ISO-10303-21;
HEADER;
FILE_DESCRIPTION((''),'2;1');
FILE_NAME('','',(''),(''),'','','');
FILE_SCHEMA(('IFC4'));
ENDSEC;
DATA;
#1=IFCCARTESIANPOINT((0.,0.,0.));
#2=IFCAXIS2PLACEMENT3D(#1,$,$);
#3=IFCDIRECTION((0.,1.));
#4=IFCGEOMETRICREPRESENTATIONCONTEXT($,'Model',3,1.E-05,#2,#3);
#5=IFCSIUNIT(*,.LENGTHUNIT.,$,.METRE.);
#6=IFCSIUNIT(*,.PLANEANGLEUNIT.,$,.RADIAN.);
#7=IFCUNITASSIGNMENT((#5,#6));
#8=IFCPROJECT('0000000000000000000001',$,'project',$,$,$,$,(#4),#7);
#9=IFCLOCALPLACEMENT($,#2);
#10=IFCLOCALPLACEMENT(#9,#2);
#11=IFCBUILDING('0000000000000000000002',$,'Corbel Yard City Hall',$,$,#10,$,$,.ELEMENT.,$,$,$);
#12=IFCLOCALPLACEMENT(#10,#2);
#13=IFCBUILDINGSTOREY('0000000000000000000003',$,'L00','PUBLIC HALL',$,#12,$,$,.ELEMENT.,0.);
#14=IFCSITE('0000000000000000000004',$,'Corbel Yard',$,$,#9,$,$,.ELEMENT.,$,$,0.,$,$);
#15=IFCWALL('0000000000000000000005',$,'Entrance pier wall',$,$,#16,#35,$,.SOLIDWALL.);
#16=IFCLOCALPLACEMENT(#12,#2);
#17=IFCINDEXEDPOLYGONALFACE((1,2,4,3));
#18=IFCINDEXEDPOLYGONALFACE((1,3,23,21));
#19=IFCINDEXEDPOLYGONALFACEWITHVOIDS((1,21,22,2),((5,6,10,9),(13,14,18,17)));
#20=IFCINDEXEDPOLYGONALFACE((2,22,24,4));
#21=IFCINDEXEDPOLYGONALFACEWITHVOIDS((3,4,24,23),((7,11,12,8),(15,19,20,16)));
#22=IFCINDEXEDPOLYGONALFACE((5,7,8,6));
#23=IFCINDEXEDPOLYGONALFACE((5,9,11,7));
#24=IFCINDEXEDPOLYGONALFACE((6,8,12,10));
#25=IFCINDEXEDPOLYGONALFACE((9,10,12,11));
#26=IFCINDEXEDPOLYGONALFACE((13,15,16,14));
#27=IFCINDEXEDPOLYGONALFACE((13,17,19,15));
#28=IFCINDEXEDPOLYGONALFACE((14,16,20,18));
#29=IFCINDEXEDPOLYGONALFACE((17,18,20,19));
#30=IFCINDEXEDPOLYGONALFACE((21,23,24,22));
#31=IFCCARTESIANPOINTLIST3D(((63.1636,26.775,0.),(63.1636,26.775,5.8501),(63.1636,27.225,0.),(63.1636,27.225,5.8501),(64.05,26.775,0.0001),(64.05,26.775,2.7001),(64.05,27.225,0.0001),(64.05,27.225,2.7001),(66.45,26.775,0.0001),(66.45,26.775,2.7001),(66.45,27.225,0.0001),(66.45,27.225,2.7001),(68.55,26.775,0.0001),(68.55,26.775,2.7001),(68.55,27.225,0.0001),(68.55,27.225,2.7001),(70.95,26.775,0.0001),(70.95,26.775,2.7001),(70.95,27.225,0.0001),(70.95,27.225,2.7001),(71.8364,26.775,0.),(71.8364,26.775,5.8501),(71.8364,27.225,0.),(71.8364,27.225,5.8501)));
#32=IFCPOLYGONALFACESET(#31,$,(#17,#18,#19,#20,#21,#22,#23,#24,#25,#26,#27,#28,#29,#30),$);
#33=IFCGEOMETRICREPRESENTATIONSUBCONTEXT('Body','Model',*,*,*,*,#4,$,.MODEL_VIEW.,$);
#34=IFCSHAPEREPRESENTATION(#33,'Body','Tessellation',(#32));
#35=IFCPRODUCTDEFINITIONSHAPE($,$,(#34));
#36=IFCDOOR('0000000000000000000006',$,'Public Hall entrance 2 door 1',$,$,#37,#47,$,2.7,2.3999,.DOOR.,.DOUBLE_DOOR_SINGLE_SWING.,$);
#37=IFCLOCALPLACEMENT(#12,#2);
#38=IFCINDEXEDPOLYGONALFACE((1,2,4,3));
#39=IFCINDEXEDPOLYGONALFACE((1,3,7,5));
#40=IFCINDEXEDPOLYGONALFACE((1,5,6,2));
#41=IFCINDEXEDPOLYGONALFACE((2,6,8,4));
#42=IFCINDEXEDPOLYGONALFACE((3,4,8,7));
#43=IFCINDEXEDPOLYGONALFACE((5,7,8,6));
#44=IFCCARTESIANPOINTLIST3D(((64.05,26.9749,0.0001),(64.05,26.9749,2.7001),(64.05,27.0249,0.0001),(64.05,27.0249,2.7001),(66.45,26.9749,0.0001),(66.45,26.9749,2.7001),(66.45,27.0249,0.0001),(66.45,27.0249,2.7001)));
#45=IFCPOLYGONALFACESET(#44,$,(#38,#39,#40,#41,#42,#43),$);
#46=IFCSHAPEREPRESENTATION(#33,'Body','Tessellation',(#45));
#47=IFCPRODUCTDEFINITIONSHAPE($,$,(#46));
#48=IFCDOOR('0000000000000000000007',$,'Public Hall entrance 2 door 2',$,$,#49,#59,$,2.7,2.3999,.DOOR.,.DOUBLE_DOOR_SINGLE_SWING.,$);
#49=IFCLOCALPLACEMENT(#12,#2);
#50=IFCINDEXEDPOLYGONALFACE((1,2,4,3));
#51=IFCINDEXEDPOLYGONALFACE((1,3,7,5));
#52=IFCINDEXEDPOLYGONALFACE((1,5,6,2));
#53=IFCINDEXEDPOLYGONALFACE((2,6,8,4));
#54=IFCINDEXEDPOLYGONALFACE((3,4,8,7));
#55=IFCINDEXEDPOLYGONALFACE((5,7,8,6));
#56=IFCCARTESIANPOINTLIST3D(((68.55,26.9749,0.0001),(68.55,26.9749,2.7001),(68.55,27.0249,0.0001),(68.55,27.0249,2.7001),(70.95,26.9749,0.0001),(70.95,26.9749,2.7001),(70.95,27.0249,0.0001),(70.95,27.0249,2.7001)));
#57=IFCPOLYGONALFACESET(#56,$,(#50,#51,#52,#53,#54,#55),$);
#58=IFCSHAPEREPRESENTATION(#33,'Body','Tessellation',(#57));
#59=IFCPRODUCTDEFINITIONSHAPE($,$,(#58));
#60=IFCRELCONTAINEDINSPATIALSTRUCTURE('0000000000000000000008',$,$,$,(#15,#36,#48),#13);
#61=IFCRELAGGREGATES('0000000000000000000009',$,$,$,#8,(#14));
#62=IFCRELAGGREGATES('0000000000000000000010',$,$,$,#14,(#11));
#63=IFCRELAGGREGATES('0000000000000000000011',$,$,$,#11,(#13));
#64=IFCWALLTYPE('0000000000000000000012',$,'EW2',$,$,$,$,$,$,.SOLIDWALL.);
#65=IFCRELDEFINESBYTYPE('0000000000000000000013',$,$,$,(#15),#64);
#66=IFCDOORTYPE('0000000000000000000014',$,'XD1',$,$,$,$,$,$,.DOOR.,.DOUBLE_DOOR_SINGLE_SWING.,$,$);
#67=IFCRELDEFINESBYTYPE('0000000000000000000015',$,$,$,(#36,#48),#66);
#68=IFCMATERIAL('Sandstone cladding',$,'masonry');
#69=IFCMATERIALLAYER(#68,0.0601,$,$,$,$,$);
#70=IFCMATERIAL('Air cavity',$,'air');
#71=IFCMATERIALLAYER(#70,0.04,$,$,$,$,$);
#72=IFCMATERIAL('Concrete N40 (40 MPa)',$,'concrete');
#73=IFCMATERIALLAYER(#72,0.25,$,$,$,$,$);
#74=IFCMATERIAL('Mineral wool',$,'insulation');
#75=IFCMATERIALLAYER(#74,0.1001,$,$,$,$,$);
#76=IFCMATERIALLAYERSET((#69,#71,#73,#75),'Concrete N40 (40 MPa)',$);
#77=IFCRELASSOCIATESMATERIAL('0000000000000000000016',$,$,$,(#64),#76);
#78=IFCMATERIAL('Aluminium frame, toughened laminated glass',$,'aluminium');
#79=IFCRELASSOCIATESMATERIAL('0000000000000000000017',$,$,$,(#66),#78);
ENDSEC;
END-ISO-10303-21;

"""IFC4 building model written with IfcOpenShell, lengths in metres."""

from ifc_helpers import new_model, si_unit, direction, frame, frame_2d, origin, place, context, subcontext, project, spatial, rectangle, extrude, material, layer, layer_set, type_object, element, fill, save


model = new_model("IFC4")

# Units and contexts
model_context = context("Model", 3, precision=1e-05, world=origin(), true_north=direction((0.0, 1.0)))
body_context = subcontext(model_context, "Body", "Model", "MODEL_VIEW")
ifc_project = project(units=[si_unit("LENGTHUNIT", "METRE"), si_unit("PLANEANGLEUNIT", "RADIAN")], contexts=[model_context])

# Site, building, storey
site_placement = place(None, origin())
site = spatial("IfcSite", under=ifc_project, at=site_placement, Name="Corbel Yard", CompositionType="ELEMENT", RefElevation=0.0)
building_placement = place(site_placement, origin())
building = spatial("IfcBuilding", under=site, at=building_placement, Name="Corbel Yard City Hall", CompositionType="ELEMENT")
storey_placement = place(building_placement, origin())
storey = spatial("IfcBuildingStorey", under=building, at=storey_placement, Name="L00", Description="PUBLIC HALL", CompositionType="ELEMENT", Elevation=0.0)

# Shared definitions
ifc_material_1 = material(Name="Concrete N40 (40 MPa)", Category="concrete")

# Wall, openings, doors
ifc_material_2 = material(Name="Sandstone cladding", Category="masonry")
ifc_layer_1 = layer(ifc_material_2, 0.0601)
ifc_material_3 = material(Name="Air cavity", Category="air")
ifc_layer_2 = layer(ifc_material_3, 0.04)
ifc_layer_3 = layer(ifc_material_1, 0.25)
ifc_material_4 = material(Name="Mineral wool", Category="insulation")
ifc_layer_4 = layer(ifc_material_4, 0.1001)
ifc_layer_set_1 = layer_set([ifc_layer_1, ifc_layer_2, ifc_layer_3, ifc_layer_4], Name="Concrete N40 (40 MPa)")
wall_type_1 = type_object("IfcWallType", Name="EW2", PredefinedType="SOLIDWALL", material=ifc_layer_set_1)
wall_1_placement = place(storey_placement, frame((63.1636, 27.0, 0.0), z_axis=(0.0, 0.0, 1.0), x_axis=(1.0, 0.0, 0.0)))
wall_1 = element("IfcWall", 1, at=wall_1_placement, inside=storey, type_object=wall_type_1, Name="Entrance pier wall", PredefinedType="SOLIDWALL", context=body_context, shape_type="SweptSolid", body=[
    extrude(rectangle(XDim=8.6729, YDim=0.45, at=frame_2d((4.3364, 0.0))), origin(), (0.0, 0.0, 1.0), 5.8501),
])
opening_1_placement = place(wall_1_placement, frame((0.8865, 0.0, 0.0)))
opening_1 = element("IfcOpeningElement", 2, at=opening_1_placement, cuts=wall_1, PredefinedType="OPENING", context=body_context, shape_type="SweptSolid", body=[
    extrude(rectangle(XDim=2.3999, YDim=2.7, at=frame_2d((1.2, 1.3501))), frame((0.0, 0.2349, 0.0), z_axis=(0.0, -1.0, 0.0), x_axis=(1.0, 0.0, 0.0)), (0.0, 0.0, 1.0), 0.47),
])
opening_2_placement = place(wall_1_placement, frame((5.3865, 0.0, 0.0)))
opening_2 = element("IfcOpeningElement", 3, at=opening_2_placement, cuts=wall_1, PredefinedType="OPENING", context=body_context, shape_type="SweptSolid", body=[
    extrude(rectangle(XDim=2.3999, YDim=2.7, at=frame_2d((1.2, 1.3501))), frame((0.0, 0.2349, 0.0), z_axis=(0.0, -1.0, 0.0), x_axis=(1.0, 0.0, 0.0)), (0.0, 0.0, 1.0), 0.47),
])
ifc_material_5 = material(Name="Aluminium frame, toughened laminated glass", Category="aluminium")
door_type = type_object("IfcDoorType", Name="XD1", OperationType="DOUBLE_DOOR_SINGLE_SWING", PredefinedType="DOOR", material=ifc_material_5)
door_1_placement = place(opening_1_placement, origin())
door_1 = element("IfcDoor", 4, at=door_1_placement, inside=storey, type_object=door_type, Name="Public Hall entrance 2 door 1", OperationType="DOUBLE_DOOR_SINGLE_SWING", OverallHeight=2.7, OverallWidth=2.3999, PredefinedType="DOOR", context=body_context, shape_type="SweptSolid", body=[
    extrude(rectangle(XDim=2.3999, YDim=2.7, at=frame_2d((1.2, 1.3501))), frame((0.0, 0.0249, 0.0), z_axis=(0.0, -1.0, 0.0), x_axis=(1.0, 0.0, 0.0)), (0.0, 0.0, 1.0), 0.05),
])
fill(opening_1, door_1)
door_2_placement = place(opening_2_placement, origin())
door_2 = element("IfcDoor", 5, at=door_2_placement, inside=storey, type_object=door_type, Name="Public Hall entrance 2 door 2", OperationType="DOUBLE_DOOR_SINGLE_SWING", OverallHeight=2.7, OverallWidth=2.3999, PredefinedType="DOOR", context=body_context, shape_type="SweptSolid", body=[
    extrude(rectangle(XDim=2.3999, YDim=2.7, at=frame_2d((1.2, 1.3501))), frame((0.0, 0.0249, 0.0), z_axis=(0.0, -1.0, 0.0), x_axis=(1.0, 0.0, 0.0)), (0.0, 0.0, 1.0), 0.05),
])
fill(opening_2, door_2)

save(model, "model.ifc")
